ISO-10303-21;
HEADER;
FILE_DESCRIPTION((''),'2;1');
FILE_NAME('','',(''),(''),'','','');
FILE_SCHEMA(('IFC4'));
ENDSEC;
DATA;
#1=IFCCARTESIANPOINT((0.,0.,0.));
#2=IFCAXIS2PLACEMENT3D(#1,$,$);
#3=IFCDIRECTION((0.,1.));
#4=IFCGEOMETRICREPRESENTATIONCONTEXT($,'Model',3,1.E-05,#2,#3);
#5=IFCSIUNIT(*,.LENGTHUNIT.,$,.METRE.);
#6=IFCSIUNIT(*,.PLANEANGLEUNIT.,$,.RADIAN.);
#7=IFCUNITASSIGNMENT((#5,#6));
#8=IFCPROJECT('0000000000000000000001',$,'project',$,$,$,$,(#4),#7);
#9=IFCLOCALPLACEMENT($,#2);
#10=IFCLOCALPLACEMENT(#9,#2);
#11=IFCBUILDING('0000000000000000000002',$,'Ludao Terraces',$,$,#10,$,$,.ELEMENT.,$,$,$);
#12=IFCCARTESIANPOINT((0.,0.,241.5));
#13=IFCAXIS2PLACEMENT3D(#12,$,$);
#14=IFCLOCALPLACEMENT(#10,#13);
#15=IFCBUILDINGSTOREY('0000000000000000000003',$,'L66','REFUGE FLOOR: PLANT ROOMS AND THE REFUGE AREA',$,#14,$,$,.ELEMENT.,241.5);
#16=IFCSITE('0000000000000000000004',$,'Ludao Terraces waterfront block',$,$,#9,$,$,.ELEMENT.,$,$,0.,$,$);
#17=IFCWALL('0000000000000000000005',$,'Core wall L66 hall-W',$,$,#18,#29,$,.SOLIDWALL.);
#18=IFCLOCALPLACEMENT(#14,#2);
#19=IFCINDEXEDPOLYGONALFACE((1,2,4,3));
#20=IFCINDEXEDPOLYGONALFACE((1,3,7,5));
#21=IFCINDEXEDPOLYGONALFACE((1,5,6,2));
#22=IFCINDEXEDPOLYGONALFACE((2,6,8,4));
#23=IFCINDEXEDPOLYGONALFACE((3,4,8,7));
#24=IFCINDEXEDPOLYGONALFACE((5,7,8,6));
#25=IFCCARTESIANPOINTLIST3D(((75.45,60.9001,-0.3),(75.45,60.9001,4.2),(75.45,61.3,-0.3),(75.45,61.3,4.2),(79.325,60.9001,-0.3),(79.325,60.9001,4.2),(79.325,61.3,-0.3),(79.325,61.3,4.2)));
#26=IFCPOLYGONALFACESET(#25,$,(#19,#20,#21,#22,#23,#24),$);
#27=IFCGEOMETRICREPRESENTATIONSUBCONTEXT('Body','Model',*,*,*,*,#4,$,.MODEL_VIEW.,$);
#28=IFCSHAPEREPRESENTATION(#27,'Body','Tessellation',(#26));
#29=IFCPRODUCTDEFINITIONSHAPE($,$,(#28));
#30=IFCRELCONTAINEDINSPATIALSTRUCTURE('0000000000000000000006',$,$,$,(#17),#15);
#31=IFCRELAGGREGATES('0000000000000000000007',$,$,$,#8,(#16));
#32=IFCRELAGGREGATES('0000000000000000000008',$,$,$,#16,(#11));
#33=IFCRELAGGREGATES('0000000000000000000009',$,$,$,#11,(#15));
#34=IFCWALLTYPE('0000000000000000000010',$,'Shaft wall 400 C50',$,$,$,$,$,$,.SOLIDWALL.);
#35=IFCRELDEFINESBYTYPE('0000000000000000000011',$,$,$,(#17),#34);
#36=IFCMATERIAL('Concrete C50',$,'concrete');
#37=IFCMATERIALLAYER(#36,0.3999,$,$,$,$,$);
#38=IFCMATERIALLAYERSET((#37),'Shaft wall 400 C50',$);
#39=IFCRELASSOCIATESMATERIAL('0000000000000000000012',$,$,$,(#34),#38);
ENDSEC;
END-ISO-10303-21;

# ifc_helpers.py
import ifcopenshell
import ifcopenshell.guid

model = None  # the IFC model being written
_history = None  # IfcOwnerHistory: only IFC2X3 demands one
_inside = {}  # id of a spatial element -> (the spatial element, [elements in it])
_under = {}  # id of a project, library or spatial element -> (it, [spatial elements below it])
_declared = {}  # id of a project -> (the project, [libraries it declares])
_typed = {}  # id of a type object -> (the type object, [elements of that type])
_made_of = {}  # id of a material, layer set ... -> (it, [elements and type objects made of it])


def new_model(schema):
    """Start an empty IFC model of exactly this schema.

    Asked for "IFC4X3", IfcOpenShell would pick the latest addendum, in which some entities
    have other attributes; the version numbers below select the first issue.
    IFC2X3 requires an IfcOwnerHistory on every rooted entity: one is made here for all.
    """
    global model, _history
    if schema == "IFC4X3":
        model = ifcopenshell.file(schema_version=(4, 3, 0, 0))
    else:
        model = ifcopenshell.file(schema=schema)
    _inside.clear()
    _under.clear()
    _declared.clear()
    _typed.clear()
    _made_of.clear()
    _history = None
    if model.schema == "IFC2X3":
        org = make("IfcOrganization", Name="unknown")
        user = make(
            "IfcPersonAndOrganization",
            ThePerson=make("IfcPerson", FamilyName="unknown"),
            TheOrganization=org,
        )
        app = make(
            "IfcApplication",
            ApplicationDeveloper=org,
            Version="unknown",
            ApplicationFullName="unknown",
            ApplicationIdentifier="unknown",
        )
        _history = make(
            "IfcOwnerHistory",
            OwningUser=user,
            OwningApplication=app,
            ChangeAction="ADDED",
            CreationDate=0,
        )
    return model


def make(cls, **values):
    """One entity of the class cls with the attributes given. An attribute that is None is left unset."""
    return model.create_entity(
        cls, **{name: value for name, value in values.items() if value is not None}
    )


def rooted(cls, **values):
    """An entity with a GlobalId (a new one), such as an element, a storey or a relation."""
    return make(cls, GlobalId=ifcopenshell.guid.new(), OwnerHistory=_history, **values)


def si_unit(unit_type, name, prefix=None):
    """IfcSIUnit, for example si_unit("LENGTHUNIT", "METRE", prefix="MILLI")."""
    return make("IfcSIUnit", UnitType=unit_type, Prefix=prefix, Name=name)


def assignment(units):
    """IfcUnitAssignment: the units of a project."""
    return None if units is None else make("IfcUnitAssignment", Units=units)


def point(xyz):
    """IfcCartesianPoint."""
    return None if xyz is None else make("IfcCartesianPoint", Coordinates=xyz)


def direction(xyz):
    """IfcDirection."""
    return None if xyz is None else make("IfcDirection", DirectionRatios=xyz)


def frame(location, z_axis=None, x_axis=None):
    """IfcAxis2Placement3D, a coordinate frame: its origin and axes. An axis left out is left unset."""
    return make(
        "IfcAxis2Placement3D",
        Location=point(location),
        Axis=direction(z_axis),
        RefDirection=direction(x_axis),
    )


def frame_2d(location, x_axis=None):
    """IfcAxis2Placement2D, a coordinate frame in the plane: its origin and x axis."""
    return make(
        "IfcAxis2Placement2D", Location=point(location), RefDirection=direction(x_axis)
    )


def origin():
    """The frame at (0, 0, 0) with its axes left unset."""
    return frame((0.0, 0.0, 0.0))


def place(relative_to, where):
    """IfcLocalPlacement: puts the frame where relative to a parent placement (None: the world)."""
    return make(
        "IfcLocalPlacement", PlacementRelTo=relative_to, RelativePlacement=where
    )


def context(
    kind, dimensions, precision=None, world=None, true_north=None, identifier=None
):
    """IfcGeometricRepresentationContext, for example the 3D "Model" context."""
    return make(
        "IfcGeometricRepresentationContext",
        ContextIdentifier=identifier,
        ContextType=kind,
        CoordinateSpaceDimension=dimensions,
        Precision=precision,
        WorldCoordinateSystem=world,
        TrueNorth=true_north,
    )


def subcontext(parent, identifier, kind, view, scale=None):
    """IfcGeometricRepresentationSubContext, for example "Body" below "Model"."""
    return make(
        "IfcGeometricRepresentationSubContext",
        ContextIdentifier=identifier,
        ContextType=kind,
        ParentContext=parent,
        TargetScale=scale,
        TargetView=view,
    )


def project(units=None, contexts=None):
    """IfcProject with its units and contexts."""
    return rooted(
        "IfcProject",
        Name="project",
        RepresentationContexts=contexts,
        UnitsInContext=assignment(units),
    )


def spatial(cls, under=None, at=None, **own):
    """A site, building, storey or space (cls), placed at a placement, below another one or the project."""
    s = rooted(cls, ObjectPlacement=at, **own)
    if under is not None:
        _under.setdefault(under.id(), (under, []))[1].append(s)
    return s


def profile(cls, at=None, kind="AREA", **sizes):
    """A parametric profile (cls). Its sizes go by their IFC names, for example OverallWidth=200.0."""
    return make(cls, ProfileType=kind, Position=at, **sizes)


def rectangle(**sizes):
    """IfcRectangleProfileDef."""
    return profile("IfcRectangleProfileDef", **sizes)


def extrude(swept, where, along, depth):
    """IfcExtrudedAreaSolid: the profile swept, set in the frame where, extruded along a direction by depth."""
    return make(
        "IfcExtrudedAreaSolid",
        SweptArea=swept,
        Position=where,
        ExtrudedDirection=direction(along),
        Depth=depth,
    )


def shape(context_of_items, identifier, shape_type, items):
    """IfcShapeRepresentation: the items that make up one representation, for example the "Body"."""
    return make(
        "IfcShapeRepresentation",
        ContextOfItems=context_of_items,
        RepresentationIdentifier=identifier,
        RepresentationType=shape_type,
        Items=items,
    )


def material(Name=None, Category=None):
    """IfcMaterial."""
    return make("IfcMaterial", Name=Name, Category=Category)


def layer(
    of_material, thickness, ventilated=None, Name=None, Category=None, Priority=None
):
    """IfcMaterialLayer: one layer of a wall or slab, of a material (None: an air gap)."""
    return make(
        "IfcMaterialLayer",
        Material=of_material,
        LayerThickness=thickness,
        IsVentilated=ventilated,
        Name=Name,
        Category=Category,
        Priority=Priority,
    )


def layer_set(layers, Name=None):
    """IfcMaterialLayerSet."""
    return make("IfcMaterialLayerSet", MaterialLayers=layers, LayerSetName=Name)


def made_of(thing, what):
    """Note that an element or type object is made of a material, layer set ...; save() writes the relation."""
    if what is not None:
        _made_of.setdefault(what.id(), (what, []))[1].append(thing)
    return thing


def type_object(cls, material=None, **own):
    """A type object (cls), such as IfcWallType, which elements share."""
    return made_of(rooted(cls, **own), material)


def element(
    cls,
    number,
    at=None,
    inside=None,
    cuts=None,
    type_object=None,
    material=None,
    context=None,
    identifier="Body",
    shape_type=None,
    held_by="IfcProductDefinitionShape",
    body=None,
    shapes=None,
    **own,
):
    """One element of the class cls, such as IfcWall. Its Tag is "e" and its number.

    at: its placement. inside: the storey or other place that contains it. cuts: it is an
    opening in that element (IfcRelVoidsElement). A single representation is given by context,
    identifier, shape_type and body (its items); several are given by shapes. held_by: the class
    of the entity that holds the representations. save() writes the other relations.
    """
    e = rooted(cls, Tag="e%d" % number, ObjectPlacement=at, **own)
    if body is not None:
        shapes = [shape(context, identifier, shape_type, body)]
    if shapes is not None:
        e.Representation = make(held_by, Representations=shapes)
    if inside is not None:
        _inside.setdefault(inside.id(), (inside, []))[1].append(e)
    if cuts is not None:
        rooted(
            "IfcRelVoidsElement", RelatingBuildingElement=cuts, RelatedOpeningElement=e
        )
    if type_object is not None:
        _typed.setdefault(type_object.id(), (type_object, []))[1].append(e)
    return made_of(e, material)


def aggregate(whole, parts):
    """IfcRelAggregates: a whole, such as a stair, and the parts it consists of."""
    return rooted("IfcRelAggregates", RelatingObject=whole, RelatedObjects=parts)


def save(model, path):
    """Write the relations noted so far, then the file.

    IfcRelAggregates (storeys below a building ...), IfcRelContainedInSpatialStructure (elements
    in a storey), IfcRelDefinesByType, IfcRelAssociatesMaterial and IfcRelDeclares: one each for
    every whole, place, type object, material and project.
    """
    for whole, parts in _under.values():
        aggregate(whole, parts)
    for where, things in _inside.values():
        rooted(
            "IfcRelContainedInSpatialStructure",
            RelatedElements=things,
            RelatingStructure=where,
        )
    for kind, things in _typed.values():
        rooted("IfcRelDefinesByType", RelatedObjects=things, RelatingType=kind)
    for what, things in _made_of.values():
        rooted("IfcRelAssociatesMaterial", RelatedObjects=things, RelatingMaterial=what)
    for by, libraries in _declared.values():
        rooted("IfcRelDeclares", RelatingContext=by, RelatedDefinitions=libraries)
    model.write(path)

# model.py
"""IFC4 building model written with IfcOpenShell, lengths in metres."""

from ifc_helpers import new_model, si_unit, direction, frame, frame_2d, origin, place, context, subcontext, project, spatial, rectangle, extrude, material, layer, layer_set, type_object, element, save


model = new_model("IFC4")

# Units and contexts
model_context = context("Model", 3, precision=1e-05, world=origin(), true_north=direction((0.0, 1.0)))
body_context = subcontext(model_context, "Body", "Model", "MODEL_VIEW")
ifc_project = project(units=[si_unit("LENGTHUNIT", "METRE"), si_unit("PLANEANGLEUNIT", "RADIAN")], contexts=[model_context])

# Site, building, storey
site_placement = place(None, origin())
site = spatial("IfcSite", under=ifc_project, at=site_placement, Name="Ludao Terraces waterfront block", CompositionType="ELEMENT", RefElevation=0.0)
building_placement = place(site_placement, origin())
building = spatial("IfcBuilding", under=site, at=building_placement, Name="Ludao Terraces", CompositionType="ELEMENT")
storey_placement = place(building_placement, frame((0.0, 0.0, 241.5)))
storey = spatial("IfcBuildingStorey", under=building, at=storey_placement, Name="L66", Description="REFUGE FLOOR: PLANT ROOMS AND THE REFUGE AREA", CompositionType="ELEMENT", Elevation=241.5)

# Shared definitions
ifc_material_1 = material(Name="Concrete C50", Category="concrete")

# Wall
ifc_layer_1 = layer(ifc_material_1, 0.3999)
ifc_layer_set_1 = layer_set([ifc_layer_1], Name="Shaft wall 400 C50")
wall_type_1 = type_object("IfcWallType", Name="Shaft wall 400 C50", PredefinedType="SOLIDWALL", material=ifc_layer_set_1)
wall_1_placement = place(storey_placement, frame((75.45, 61.1001, -0.3), z_axis=(0.0, 0.0, 1.0), x_axis=(1.0, 0.0, 0.0)))
element("IfcWall", 1, at=wall_1_placement, inside=storey, type_object=wall_type_1, Name="Core wall L66 hall-W", PredefinedType="SOLIDWALL", context=body_context, shape_type="SweptSolid", body=[
    extrude(rectangle(XDim=3.875, YDim=0.3999, at=frame_2d((1.9375, 0.0))), origin(), (0.0, 0.0, 1.0), 4.5),
])

save(model, "model.ifc")
